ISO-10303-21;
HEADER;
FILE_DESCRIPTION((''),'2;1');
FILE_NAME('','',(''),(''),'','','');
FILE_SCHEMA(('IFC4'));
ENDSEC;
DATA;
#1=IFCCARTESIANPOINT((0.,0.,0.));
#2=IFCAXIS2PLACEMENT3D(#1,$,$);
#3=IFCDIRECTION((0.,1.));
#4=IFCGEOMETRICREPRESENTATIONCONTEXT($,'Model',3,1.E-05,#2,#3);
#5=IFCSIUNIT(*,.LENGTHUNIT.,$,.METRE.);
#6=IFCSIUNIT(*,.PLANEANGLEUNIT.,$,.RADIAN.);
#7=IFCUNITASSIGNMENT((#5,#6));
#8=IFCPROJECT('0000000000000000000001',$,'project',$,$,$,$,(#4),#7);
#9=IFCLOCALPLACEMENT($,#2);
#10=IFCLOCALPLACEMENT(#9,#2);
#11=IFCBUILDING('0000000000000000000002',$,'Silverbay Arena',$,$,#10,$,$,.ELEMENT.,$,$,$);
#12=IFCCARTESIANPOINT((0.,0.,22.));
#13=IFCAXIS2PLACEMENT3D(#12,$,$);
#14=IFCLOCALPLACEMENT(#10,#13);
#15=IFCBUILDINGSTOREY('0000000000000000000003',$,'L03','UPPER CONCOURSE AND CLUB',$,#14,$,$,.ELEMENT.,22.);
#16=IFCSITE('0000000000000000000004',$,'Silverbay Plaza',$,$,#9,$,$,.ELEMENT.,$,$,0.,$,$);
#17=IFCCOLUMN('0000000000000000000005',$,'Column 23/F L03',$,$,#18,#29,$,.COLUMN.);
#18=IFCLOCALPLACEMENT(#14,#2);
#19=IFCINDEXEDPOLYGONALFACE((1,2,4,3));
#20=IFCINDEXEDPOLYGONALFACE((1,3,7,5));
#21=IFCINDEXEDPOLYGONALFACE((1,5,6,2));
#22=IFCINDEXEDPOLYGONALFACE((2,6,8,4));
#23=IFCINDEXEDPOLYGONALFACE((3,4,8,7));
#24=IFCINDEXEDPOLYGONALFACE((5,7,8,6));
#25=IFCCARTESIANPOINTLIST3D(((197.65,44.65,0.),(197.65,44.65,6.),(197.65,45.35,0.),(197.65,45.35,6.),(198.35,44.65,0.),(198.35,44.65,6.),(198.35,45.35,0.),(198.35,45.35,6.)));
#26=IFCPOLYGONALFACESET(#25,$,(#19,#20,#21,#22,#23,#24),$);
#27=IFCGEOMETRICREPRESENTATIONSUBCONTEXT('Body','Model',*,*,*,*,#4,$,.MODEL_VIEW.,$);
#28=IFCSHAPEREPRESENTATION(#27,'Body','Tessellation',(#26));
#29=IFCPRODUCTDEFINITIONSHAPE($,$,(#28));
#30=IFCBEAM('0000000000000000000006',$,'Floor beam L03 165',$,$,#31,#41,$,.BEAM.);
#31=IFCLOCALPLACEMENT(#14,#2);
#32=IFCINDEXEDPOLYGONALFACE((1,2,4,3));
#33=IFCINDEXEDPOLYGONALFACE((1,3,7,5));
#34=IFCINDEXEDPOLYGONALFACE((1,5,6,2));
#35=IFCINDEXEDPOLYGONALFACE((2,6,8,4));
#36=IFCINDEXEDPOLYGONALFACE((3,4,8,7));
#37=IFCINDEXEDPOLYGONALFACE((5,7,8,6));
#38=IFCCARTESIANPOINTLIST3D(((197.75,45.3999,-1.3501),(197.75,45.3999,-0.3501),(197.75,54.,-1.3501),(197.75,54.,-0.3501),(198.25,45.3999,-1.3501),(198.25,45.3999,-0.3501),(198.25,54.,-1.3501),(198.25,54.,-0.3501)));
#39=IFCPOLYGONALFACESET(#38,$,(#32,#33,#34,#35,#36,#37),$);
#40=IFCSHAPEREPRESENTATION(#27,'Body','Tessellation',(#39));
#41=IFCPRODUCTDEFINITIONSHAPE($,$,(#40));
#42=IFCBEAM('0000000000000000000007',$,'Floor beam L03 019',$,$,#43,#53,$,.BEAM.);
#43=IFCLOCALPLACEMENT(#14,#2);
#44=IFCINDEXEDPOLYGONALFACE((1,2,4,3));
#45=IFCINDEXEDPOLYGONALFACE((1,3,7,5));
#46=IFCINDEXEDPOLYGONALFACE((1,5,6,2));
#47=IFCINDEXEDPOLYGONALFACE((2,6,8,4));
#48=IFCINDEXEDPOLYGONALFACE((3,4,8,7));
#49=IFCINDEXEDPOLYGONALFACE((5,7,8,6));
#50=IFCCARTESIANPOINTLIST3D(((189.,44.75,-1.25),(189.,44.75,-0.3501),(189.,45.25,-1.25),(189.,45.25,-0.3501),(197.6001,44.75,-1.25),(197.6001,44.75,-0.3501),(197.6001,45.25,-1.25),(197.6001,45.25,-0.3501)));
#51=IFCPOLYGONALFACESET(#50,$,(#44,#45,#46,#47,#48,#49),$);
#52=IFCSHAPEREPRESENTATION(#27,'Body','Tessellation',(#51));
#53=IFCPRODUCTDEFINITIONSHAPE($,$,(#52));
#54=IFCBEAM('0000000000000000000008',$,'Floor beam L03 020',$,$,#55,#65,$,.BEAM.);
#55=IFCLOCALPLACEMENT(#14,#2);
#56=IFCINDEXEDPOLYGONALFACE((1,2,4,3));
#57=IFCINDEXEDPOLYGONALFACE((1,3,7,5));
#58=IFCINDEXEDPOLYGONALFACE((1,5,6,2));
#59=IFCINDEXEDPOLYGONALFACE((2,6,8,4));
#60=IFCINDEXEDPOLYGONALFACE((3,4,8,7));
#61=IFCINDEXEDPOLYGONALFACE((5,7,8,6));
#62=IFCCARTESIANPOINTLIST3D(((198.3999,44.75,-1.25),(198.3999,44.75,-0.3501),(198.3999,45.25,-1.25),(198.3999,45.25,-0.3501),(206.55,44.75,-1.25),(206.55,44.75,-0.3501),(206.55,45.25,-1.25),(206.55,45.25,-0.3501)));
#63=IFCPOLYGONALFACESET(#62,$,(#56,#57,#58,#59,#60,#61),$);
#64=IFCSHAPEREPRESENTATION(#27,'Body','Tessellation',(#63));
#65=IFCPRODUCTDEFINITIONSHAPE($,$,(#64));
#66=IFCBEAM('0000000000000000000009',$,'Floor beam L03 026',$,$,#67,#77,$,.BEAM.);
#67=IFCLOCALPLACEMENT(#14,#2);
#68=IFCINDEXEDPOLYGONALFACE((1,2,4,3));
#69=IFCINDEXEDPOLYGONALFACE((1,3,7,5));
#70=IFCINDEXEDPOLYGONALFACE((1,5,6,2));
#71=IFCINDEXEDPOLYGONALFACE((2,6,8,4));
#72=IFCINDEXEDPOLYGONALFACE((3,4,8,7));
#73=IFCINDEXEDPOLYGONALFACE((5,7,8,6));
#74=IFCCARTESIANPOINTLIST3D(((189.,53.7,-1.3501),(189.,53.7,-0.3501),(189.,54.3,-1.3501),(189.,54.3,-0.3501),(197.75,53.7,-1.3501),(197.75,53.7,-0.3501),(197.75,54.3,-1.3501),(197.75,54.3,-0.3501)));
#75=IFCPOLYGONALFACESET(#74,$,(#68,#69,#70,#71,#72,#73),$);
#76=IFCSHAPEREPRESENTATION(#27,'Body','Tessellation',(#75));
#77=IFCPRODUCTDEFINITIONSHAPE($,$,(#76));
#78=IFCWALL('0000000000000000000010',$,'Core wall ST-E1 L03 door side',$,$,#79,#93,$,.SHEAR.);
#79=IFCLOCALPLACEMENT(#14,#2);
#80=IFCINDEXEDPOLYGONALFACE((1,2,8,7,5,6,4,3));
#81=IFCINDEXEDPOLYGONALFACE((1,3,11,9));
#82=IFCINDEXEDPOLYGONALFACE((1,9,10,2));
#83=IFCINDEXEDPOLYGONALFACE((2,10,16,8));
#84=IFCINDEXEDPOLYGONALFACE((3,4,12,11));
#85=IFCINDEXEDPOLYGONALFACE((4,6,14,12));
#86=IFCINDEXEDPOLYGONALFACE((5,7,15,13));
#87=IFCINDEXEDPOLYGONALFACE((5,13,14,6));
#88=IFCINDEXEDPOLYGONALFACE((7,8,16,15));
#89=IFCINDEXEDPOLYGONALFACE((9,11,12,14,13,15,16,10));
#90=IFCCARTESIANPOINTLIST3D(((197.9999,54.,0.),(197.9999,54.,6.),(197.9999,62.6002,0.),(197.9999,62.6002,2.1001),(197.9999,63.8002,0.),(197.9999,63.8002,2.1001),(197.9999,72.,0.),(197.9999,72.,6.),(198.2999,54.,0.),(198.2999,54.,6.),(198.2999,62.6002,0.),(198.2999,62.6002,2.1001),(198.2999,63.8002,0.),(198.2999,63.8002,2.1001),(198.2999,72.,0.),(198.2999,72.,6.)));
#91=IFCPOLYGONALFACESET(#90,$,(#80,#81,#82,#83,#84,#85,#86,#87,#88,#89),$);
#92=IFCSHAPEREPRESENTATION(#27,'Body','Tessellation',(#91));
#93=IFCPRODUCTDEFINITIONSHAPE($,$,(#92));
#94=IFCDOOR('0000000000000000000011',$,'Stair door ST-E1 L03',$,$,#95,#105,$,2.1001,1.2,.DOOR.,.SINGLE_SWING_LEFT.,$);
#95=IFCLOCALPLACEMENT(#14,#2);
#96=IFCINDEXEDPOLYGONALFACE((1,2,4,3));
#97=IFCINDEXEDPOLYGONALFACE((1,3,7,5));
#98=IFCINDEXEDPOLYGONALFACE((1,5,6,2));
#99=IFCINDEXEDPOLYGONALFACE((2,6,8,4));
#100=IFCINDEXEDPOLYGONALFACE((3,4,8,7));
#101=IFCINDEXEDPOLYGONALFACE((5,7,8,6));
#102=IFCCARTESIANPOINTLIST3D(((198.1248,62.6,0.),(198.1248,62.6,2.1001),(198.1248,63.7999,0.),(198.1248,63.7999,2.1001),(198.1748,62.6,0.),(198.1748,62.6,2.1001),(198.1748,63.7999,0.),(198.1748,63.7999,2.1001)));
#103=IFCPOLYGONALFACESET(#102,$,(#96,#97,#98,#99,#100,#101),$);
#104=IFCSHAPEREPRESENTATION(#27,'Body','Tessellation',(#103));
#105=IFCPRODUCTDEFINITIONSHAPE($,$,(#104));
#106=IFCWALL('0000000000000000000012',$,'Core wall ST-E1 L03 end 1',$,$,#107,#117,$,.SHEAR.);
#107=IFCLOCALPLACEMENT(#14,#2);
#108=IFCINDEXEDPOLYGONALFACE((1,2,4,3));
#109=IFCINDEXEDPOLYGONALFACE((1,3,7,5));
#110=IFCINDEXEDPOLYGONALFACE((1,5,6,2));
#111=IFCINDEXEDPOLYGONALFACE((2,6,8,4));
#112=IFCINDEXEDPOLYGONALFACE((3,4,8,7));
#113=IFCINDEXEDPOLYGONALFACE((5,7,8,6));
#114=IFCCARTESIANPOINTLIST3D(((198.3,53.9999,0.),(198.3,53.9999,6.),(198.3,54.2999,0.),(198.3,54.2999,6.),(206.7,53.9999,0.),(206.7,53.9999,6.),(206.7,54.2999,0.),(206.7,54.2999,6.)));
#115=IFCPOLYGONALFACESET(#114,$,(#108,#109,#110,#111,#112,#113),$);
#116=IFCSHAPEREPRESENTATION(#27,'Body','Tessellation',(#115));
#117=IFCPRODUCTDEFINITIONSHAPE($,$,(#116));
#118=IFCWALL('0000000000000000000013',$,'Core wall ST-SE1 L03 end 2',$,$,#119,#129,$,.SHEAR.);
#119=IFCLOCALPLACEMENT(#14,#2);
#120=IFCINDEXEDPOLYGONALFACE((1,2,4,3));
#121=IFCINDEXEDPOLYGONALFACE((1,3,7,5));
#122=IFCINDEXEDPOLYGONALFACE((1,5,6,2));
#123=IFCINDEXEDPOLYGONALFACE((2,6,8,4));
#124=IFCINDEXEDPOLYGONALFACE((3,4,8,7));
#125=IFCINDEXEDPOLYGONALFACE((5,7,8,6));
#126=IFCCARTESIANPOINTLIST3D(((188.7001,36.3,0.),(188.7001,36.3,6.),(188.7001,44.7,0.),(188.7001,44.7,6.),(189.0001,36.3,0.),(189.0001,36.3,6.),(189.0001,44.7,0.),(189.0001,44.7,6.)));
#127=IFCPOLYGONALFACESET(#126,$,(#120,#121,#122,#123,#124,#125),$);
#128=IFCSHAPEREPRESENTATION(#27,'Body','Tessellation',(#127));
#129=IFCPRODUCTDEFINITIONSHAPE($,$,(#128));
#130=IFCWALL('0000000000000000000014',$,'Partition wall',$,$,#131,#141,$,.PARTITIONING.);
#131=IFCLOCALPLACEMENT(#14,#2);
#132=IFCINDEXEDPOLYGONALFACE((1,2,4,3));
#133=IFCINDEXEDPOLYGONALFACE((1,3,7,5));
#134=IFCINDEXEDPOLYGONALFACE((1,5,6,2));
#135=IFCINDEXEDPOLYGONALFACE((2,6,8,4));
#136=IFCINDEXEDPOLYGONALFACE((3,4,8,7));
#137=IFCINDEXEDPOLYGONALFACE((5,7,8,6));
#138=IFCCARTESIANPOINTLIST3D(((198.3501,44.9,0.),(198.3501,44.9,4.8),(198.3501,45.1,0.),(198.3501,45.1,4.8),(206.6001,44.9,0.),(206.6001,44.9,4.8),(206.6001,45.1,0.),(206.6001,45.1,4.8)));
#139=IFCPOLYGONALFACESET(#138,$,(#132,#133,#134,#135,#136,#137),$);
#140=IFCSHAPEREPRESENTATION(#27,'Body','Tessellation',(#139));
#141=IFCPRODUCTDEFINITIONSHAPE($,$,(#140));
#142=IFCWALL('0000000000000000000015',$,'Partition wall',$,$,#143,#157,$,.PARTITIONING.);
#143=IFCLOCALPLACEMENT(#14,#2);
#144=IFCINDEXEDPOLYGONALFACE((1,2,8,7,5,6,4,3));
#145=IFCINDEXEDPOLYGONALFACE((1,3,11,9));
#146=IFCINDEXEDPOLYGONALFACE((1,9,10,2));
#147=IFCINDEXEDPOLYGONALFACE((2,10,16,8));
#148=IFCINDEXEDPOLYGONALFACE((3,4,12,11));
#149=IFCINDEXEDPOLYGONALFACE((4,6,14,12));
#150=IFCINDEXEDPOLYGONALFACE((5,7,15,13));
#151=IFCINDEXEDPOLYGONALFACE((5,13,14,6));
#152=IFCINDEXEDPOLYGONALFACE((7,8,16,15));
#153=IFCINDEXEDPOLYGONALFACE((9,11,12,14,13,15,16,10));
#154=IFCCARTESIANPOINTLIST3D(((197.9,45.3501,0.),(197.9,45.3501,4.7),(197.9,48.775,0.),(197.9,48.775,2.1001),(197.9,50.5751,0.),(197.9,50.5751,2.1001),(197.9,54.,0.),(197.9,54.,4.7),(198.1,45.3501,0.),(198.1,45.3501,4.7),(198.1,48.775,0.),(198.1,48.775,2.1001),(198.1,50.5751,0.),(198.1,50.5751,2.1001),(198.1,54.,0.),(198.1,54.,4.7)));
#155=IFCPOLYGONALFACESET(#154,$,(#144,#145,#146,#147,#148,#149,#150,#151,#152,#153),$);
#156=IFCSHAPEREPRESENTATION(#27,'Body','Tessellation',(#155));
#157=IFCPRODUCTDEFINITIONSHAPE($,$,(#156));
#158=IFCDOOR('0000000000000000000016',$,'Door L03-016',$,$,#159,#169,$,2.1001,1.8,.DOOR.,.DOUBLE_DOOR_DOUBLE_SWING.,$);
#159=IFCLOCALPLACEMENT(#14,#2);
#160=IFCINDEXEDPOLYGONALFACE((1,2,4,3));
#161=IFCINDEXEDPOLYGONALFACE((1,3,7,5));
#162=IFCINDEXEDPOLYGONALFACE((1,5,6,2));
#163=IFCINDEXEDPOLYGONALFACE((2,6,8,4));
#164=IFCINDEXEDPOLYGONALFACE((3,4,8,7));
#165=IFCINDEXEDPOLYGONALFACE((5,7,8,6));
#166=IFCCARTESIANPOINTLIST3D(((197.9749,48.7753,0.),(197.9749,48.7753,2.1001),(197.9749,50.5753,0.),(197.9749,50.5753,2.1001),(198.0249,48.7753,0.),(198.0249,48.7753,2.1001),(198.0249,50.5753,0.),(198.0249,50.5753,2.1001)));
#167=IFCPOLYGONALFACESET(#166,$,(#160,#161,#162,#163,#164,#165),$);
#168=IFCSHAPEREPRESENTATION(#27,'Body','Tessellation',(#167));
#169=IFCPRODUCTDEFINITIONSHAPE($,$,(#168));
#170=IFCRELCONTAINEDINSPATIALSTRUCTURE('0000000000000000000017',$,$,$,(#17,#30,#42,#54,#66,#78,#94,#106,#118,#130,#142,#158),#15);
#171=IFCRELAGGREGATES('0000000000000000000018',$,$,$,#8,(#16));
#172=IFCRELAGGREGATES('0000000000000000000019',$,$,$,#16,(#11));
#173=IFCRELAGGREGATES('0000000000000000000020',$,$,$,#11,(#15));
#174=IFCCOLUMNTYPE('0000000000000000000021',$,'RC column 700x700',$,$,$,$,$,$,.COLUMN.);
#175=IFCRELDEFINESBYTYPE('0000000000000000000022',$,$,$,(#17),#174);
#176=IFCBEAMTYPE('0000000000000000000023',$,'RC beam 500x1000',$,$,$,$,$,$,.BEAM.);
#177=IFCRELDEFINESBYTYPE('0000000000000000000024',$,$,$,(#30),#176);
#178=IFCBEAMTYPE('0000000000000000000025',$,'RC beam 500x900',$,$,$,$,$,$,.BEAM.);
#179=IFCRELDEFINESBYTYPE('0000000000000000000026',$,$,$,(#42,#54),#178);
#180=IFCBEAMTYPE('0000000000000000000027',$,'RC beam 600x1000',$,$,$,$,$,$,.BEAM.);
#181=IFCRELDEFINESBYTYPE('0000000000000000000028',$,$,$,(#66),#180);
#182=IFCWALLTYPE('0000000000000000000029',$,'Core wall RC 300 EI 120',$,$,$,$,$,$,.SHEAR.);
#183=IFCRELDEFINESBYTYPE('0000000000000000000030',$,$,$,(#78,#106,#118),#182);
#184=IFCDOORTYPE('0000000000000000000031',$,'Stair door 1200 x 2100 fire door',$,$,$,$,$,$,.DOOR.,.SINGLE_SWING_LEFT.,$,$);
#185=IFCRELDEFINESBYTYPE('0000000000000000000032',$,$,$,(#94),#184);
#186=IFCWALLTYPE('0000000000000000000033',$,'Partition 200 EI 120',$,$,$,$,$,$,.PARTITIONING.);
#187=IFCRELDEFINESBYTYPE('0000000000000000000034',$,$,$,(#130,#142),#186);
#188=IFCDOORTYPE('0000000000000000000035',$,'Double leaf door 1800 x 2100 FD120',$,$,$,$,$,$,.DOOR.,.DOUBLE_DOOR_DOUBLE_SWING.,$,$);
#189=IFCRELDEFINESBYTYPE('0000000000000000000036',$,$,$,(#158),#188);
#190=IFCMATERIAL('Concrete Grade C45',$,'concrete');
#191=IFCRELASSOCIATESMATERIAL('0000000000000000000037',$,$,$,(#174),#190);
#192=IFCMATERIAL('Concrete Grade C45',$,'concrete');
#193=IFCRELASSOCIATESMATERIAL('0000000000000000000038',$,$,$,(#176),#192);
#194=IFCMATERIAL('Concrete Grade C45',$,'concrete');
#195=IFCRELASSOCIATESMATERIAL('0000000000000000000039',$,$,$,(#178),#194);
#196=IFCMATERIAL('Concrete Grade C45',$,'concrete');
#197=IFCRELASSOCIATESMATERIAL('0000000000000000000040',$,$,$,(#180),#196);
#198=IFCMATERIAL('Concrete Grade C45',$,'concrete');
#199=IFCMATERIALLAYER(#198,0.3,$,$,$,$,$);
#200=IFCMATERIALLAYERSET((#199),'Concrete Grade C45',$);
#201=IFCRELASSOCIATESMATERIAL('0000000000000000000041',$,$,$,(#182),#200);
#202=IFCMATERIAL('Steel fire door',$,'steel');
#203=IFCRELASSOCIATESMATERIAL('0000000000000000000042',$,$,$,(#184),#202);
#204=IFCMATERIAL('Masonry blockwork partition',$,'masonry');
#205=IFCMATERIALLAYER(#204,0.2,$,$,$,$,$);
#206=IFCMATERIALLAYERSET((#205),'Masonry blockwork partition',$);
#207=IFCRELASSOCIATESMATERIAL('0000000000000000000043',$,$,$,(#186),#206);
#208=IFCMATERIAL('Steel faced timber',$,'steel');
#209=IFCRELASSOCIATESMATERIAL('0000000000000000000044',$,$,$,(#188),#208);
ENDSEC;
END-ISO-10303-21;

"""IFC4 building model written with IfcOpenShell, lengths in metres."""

from ifc_helpers import new_model, si_unit, direction, frame, frame_2d, origin, origin_2d, place, context, subcontext, project, spatial, rectangle, extrude, material, layer, layer_set, material_profile, profile_set, type_object, element, fill, save


model = new_model("IFC4")

# Units and contexts
model_context = context("Model", 3, precision=1e-05, world=origin(), true_north=direction((0.0, 1.0)))
body_context = subcontext(model_context, "Body", "Model", "MODEL_VIEW")
ifc_project = project(units=[si_unit("LENGTHUNIT", "METRE"), si_unit("PLANEANGLEUNIT", "RADIAN")], contexts=[model_context])

# Site, building, storey
site_placement = place(None, origin())
site = spatial("IfcSite", under=ifc_project, at=site_placement, Name="Silverbay Plaza", CompositionType="ELEMENT", RefElevation=0.0)
building_placement = place(site_placement, origin())
building = spatial("IfcBuilding", under=site, at=building_placement, Name="Silverbay Arena", CompositionType="ELEMENT")
storey_placement = place(building_placement, frame((0.0, 0.0, 22.0)))
storey = spatial("IfcBuildingStorey", under=building, at=storey_placement, Name="L03", Description="UPPER CONCOURSE AND CLUB", CompositionType="ELEMENT", Elevation=22.0)

# Column
ifc_material_1 = material(Name="Concrete Grade C45", Category="concrete")
ifc_material_profile_1 = material_profile(ifc_material_1, rectangle(XDim=0.7, YDim=0.7, at=origin_2d()), Name="RC 700x700")
ifc_profile_set_1 = profile_set([ifc_material_profile_1], Name="Concrete Grade C45")
column_type = type_object("IfcColumnType", Name="RC column 700x700", PredefinedType="COLUMN", material=ifc_profile_set_1)
column_placement = place(storey_placement, frame((198.0, 45.0, 0.0), z_axis=(0.0, 0.0, 1.0), x_axis=(1.0, 0.0, 0.0)))
element("IfcColumn", 1, at=column_placement, inside=storey, type_object=column_type, Name="Column 23/F L03", PredefinedType="COLUMN", context=body_context, shape_type="SweptSolid", body=[
    extrude(rectangle(XDim=0.7, YDim=0.7, at=origin_2d()), origin(), (0.0, 0.0, 1.0), 6.0),
])

# Beams
ifc_material_2 = material(Name="Concrete Grade C45", Category="concrete")
ifc_material_profile_2 = material_profile(ifc_material_2, rectangle(XDim=0.5, YDim=1.0, at=origin_2d()), Name="RC 500x1000")
ifc_profile_set_2 = profile_set([ifc_material_profile_2], Name="Concrete Grade C45")
beam_type_1 = type_object("IfcBeamType", Name="RC beam 500x1000", PredefinedType="BEAM", material=ifc_profile_set_2)
beam_1_placement = place(storey_placement, frame((198.0, 45.3999, -0.8501), z_axis=(0.0, 1.0, 0.0), x_axis=(-1.0, 0.0, 0.0)))
element("IfcBeam", 2, at=beam_1_placement, inside=storey, type_object=beam_type_1, Name="Floor beam L03 165", PredefinedType="BEAM", context=body_context, shape_type="SweptSolid", body=[
    extrude(rectangle(XDim=0.5, YDim=1.0, at=origin_2d()), origin(), (0.0, 0.0, 1.0), 8.6001),
])
ifc_material_3 = material(Name="Concrete Grade C45", Category="concrete")
ifc_material_profile_3 = material_profile(ifc_material_3, rectangle(XDim=0.5, YDim=0.8999, at=origin_2d()), Name="RC 500x900")
ifc_profile_set_3 = profile_set([ifc_material_profile_3], Name="Concrete Grade C45")
beam_type_2 = type_object("IfcBeamType", Name="RC beam 500x900", PredefinedType="BEAM", material=ifc_profile_set_3)
beam_2_placement = place(storey_placement, frame((189.0, 45.0, -0.8), z_axis=(1.0, 0.0, 0.0), x_axis=(0.0, 1.0, 0.0)))
element("IfcBeam", 3, at=beam_2_placement, inside=storey, type_object=beam_type_2, Name="Floor beam L03 019", PredefinedType="BEAM", context=body_context, shape_type="SweptSolid", body=[
    extrude(rectangle(XDim=0.5, YDim=0.8999, at=origin_2d()), origin(), (0.0, 0.0, 1.0), 8.6001),
])
beam_3_placement = place(storey_placement, frame((198.3999, 45.0, -0.8), z_axis=(1.0, 0.0, 0.0), x_axis=(0.0, 1.0, 0.0)))
element("IfcBeam", 4, at=beam_3_placement, inside=storey, type_object=beam_type_2, Name="Floor beam L03 020", PredefinedType="BEAM", context=body_context, shape_type="SweptSolid", body=[
    extrude(rectangle(XDim=0.5, YDim=0.8999, at=origin_2d()), origin(), (0.0, 0.0, 1.0), 8.1501),
])
ifc_material_4 = material(Name="Concrete Grade C45", Category="concrete")
ifc_material_profile_4 = material_profile(ifc_material_4, rectangle(XDim=0.6001, YDim=1.0, at=origin_2d()), Name="RC 600x1000")
ifc_profile_set_4 = profile_set([ifc_material_profile_4], Name="Concrete Grade C45")
beam_type_3 = type_object("IfcBeamType", Name="RC beam 600x1000", PredefinedType="BEAM", material=ifc_profile_set_4)
beam_4_placement = place(storey_placement, frame((189.0, 54.0, -0.8501), z_axis=(1.0, 0.0, 0.0), x_axis=(0.0, 1.0, 0.0)))
element("IfcBeam", 5, at=beam_4_placement, inside=storey, type_object=beam_type_3, Name="Floor beam L03 026", PredefinedType="BEAM", context=body_context, shape_type="SweptSolid", body=[
    extrude(rectangle(XDim=0.6001, YDim=1.0, at=origin_2d()), origin(), (0.0, 0.0, 1.0), 8.75),
])

# Wall, opening, door
ifc_material_5 = material(Name="Concrete Grade C45", Category="concrete")
ifc_layer_1 = layer(ifc_material_5, 0.3)
ifc_layer_set_1 = layer_set([ifc_layer_1], Name="Concrete Grade C45")
wall_type_1 = type_object("IfcWallType", Name="Core wall RC 300 EI 120", PredefinedType="SHEAR", material=ifc_layer_set_1)
wall_1_placement = place(storey_placement, frame((198.1499, 54.0, 0.0), z_axis=(0.0, 0.0, 1.0), x_axis=(0.0, 1.0, 0.0)))
wall_1 = element("IfcWall", 6, at=wall_1_placement, inside=storey, type_object=wall_type_1, Name="Core wall ST-E1 L03 door side", PredefinedType="SHEAR", context=body_context, shape_type="SweptSolid", body=[
    extrude(rectangle(XDim=18.0, YDim=0.3, at=frame_2d((9.0, 0.0))), origin(), (0.0, 0.0, 1.0), 6.0),
])
opening_1_placement = place(wall_1_placement, frame((8.6001, 0.0, 0.0)))
opening_1 = element("IfcOpeningElement", 7, at=opening_1_placement, cuts=wall_1, PredefinedType="OPENING", context=body_context, shape_type="SweptSolid", body=[
    extrude(rectangle(XDim=1.2, YDim=2.1001, at=frame_2d((0.6001, 1.05))), frame((0.0, 0.1602, 0.0), z_axis=(0.0, -1.0, 0.0), x_axis=(1.0, 0.0, 0.0)), (0.0, 0.0, 1.0), 0.3201),
])
ifc_material_6 = material(Name="Steel fire door", Category="steel")
door_type_1 = type_object("IfcDoorType", Name="Stair door 1200 x 2100 fire door", OperationType="SINGLE_SWING_LEFT", PredefinedType="DOOR", material=ifc_material_6)
door_1_placement = place(opening_1_placement, frame((1.2, 0.0, 0.0), z_axis=(0.0, 0.0, 1.0), x_axis=(-1.0, 0.0, 0.0)))
door_1 = element("IfcDoor", 8, at=door_1_placement, inside=storey, type_object=door_type_1, Name="Stair door ST-E1 L03", OperationType="SINGLE_SWING_LEFT", OverallHeight=2.1001, OverallWidth=1.2, PredefinedType="DOOR", context=body_context, shape_type="SweptSolid", body=[
    extrude(rectangle(XDim=1.2, YDim=2.1001, at=frame_2d((0.6001, 1.05))), frame((0.0, 0.0249, 0.0), z_axis=(0.0, -1.0, 0.0), x_axis=(1.0, 0.0, 0.0)), (0.0, 0.0, 1.0), 0.05),
])
fill(opening_1, door_1)

# Walls
for number, where, z_axis, x_axis, name in (
    (9, (198.3, 54.1499, 0.0), (0.0, 0.0, 1.0), (1.0, 0.0, 0.0), "Core wall ST-E1 L03 end 1"),
    (10, (188.8501, 44.7, 0.0), (0.0, 0.0, 1.0), (0.0, -1.0, 0.0), "Core wall ST-SE1 L03 end 2"),
):
    element("IfcWall", number, at=place(storey_placement, frame(where, z_axis=z_axis, x_axis=x_axis)), inside=storey, type_object=wall_type_1, Name=name, PredefinedType="SHEAR", context=body_context, shape_type="SweptSolid", body=[
        extrude(rectangle(XDim=8.3999, YDim=0.3, at=frame_2d((4.2, 0.0))), origin(), (0.0, 0.0, 1.0), 6.0),
    ])
ifc_material_7 = material(Name="Masonry blockwork partition", Category="masonry")
ifc_layer_2 = layer(ifc_material_7, 0.2)
ifc_layer_set_2 = layer_set([ifc_layer_2], Name="Masonry blockwork partition")
wall_type_2 = type_object("IfcWallType", Name="Partition 200 EI 120", PredefinedType="PARTITIONING", material=ifc_layer_set_2)
wall_2_placement = place(storey_placement, frame((198.3501, 45.0, 0.0), z_axis=(0.0, 0.0, 1.0), x_axis=(1.0, 0.0, 0.0)))
element("IfcWall", 11, at=wall_2_placement, inside=storey, type_object=wall_type_2, Name="Partition wall", PredefinedType="PARTITIONING", context=body_context, shape_type="SweptSolid", body=[
    extrude(rectangle(XDim=8.25, YDim=0.2, at=frame_2d((4.125, 0.0))), origin(), (0.0, 0.0, 1.0), 4.8),
])

# Wall, opening, door
wall_3_placement = place(storey_placement, frame((198.0, 45.3501, 0.0), z_axis=(0.0, 0.0, 1.0), x_axis=(0.0, 1.0, 0.0)))
wall_3 = element("IfcWall", 12, at=wall_3_placement, inside=storey, type_object=wall_type_2, Name="Partition wall", PredefinedType="PARTITIONING", context=body_context, shape_type="SweptSolid", body=[
    extrude(rectangle(XDim=8.6499, YDim=0.2, at=frame_2d((4.325, 0.0))), origin(), (0.0, 0.0, 1.0), 4.7),
])
opening_2_placement = place(wall_3_placement, frame((3.425, 0.0, 0.0)))
opening_2 = element("IfcOpeningElement", 13, at=opening_2_placement, cuts=wall_3, PredefinedType="OPENING", context=body_context, shape_type="SweptSolid", body=[
    extrude(rectangle(XDim=1.8, YDim=2.1001, at=frame_2d((0.8999, 1.05))), frame((0.0, 0.1099, 0.0), z_axis=(0.0, -1.0, 0.0), x_axis=(1.0, 0.0, 0.0)), (0.0, 0.0, 1.0), 0.22),
])
ifc_material_8 = material(Name="Steel faced timber", Category="steel")
door_type_2 = type_object("IfcDoorType", Name="Double leaf door 1800 x 2100 FD120", OperationType="DOUBLE_DOOR_DOUBLE_SWING", PredefinedType="DOOR", material=ifc_material_8)
door_2_placement = place(opening_2_placement, frame((1.8, 0.0, 0.0), z_axis=(0.0, 0.0, 1.0), x_axis=(-1.0, 0.0, 0.0)))
door_2 = element("IfcDoor", 14, at=door_2_placement, inside=storey, type_object=door_type_2, Name="Door L03-016", OperationType="DOUBLE_DOOR_DOUBLE_SWING", OverallHeight=2.1001, OverallWidth=1.8, PredefinedType="DOOR", context=body_context, shape_type="SweptSolid", body=[
    extrude(rectangle(XDim=1.8, YDim=2.1001, at=frame_2d((0.8999, 1.05))), frame((0.0, 0.0249, 0.0), z_axis=(0.0, -1.0, 0.0), x_axis=(1.0, 0.0, 0.0)), (0.0, 0.0, 1.0), 0.05),
])
fill(opening_2, door_2)

save(model, "model.ifc")
